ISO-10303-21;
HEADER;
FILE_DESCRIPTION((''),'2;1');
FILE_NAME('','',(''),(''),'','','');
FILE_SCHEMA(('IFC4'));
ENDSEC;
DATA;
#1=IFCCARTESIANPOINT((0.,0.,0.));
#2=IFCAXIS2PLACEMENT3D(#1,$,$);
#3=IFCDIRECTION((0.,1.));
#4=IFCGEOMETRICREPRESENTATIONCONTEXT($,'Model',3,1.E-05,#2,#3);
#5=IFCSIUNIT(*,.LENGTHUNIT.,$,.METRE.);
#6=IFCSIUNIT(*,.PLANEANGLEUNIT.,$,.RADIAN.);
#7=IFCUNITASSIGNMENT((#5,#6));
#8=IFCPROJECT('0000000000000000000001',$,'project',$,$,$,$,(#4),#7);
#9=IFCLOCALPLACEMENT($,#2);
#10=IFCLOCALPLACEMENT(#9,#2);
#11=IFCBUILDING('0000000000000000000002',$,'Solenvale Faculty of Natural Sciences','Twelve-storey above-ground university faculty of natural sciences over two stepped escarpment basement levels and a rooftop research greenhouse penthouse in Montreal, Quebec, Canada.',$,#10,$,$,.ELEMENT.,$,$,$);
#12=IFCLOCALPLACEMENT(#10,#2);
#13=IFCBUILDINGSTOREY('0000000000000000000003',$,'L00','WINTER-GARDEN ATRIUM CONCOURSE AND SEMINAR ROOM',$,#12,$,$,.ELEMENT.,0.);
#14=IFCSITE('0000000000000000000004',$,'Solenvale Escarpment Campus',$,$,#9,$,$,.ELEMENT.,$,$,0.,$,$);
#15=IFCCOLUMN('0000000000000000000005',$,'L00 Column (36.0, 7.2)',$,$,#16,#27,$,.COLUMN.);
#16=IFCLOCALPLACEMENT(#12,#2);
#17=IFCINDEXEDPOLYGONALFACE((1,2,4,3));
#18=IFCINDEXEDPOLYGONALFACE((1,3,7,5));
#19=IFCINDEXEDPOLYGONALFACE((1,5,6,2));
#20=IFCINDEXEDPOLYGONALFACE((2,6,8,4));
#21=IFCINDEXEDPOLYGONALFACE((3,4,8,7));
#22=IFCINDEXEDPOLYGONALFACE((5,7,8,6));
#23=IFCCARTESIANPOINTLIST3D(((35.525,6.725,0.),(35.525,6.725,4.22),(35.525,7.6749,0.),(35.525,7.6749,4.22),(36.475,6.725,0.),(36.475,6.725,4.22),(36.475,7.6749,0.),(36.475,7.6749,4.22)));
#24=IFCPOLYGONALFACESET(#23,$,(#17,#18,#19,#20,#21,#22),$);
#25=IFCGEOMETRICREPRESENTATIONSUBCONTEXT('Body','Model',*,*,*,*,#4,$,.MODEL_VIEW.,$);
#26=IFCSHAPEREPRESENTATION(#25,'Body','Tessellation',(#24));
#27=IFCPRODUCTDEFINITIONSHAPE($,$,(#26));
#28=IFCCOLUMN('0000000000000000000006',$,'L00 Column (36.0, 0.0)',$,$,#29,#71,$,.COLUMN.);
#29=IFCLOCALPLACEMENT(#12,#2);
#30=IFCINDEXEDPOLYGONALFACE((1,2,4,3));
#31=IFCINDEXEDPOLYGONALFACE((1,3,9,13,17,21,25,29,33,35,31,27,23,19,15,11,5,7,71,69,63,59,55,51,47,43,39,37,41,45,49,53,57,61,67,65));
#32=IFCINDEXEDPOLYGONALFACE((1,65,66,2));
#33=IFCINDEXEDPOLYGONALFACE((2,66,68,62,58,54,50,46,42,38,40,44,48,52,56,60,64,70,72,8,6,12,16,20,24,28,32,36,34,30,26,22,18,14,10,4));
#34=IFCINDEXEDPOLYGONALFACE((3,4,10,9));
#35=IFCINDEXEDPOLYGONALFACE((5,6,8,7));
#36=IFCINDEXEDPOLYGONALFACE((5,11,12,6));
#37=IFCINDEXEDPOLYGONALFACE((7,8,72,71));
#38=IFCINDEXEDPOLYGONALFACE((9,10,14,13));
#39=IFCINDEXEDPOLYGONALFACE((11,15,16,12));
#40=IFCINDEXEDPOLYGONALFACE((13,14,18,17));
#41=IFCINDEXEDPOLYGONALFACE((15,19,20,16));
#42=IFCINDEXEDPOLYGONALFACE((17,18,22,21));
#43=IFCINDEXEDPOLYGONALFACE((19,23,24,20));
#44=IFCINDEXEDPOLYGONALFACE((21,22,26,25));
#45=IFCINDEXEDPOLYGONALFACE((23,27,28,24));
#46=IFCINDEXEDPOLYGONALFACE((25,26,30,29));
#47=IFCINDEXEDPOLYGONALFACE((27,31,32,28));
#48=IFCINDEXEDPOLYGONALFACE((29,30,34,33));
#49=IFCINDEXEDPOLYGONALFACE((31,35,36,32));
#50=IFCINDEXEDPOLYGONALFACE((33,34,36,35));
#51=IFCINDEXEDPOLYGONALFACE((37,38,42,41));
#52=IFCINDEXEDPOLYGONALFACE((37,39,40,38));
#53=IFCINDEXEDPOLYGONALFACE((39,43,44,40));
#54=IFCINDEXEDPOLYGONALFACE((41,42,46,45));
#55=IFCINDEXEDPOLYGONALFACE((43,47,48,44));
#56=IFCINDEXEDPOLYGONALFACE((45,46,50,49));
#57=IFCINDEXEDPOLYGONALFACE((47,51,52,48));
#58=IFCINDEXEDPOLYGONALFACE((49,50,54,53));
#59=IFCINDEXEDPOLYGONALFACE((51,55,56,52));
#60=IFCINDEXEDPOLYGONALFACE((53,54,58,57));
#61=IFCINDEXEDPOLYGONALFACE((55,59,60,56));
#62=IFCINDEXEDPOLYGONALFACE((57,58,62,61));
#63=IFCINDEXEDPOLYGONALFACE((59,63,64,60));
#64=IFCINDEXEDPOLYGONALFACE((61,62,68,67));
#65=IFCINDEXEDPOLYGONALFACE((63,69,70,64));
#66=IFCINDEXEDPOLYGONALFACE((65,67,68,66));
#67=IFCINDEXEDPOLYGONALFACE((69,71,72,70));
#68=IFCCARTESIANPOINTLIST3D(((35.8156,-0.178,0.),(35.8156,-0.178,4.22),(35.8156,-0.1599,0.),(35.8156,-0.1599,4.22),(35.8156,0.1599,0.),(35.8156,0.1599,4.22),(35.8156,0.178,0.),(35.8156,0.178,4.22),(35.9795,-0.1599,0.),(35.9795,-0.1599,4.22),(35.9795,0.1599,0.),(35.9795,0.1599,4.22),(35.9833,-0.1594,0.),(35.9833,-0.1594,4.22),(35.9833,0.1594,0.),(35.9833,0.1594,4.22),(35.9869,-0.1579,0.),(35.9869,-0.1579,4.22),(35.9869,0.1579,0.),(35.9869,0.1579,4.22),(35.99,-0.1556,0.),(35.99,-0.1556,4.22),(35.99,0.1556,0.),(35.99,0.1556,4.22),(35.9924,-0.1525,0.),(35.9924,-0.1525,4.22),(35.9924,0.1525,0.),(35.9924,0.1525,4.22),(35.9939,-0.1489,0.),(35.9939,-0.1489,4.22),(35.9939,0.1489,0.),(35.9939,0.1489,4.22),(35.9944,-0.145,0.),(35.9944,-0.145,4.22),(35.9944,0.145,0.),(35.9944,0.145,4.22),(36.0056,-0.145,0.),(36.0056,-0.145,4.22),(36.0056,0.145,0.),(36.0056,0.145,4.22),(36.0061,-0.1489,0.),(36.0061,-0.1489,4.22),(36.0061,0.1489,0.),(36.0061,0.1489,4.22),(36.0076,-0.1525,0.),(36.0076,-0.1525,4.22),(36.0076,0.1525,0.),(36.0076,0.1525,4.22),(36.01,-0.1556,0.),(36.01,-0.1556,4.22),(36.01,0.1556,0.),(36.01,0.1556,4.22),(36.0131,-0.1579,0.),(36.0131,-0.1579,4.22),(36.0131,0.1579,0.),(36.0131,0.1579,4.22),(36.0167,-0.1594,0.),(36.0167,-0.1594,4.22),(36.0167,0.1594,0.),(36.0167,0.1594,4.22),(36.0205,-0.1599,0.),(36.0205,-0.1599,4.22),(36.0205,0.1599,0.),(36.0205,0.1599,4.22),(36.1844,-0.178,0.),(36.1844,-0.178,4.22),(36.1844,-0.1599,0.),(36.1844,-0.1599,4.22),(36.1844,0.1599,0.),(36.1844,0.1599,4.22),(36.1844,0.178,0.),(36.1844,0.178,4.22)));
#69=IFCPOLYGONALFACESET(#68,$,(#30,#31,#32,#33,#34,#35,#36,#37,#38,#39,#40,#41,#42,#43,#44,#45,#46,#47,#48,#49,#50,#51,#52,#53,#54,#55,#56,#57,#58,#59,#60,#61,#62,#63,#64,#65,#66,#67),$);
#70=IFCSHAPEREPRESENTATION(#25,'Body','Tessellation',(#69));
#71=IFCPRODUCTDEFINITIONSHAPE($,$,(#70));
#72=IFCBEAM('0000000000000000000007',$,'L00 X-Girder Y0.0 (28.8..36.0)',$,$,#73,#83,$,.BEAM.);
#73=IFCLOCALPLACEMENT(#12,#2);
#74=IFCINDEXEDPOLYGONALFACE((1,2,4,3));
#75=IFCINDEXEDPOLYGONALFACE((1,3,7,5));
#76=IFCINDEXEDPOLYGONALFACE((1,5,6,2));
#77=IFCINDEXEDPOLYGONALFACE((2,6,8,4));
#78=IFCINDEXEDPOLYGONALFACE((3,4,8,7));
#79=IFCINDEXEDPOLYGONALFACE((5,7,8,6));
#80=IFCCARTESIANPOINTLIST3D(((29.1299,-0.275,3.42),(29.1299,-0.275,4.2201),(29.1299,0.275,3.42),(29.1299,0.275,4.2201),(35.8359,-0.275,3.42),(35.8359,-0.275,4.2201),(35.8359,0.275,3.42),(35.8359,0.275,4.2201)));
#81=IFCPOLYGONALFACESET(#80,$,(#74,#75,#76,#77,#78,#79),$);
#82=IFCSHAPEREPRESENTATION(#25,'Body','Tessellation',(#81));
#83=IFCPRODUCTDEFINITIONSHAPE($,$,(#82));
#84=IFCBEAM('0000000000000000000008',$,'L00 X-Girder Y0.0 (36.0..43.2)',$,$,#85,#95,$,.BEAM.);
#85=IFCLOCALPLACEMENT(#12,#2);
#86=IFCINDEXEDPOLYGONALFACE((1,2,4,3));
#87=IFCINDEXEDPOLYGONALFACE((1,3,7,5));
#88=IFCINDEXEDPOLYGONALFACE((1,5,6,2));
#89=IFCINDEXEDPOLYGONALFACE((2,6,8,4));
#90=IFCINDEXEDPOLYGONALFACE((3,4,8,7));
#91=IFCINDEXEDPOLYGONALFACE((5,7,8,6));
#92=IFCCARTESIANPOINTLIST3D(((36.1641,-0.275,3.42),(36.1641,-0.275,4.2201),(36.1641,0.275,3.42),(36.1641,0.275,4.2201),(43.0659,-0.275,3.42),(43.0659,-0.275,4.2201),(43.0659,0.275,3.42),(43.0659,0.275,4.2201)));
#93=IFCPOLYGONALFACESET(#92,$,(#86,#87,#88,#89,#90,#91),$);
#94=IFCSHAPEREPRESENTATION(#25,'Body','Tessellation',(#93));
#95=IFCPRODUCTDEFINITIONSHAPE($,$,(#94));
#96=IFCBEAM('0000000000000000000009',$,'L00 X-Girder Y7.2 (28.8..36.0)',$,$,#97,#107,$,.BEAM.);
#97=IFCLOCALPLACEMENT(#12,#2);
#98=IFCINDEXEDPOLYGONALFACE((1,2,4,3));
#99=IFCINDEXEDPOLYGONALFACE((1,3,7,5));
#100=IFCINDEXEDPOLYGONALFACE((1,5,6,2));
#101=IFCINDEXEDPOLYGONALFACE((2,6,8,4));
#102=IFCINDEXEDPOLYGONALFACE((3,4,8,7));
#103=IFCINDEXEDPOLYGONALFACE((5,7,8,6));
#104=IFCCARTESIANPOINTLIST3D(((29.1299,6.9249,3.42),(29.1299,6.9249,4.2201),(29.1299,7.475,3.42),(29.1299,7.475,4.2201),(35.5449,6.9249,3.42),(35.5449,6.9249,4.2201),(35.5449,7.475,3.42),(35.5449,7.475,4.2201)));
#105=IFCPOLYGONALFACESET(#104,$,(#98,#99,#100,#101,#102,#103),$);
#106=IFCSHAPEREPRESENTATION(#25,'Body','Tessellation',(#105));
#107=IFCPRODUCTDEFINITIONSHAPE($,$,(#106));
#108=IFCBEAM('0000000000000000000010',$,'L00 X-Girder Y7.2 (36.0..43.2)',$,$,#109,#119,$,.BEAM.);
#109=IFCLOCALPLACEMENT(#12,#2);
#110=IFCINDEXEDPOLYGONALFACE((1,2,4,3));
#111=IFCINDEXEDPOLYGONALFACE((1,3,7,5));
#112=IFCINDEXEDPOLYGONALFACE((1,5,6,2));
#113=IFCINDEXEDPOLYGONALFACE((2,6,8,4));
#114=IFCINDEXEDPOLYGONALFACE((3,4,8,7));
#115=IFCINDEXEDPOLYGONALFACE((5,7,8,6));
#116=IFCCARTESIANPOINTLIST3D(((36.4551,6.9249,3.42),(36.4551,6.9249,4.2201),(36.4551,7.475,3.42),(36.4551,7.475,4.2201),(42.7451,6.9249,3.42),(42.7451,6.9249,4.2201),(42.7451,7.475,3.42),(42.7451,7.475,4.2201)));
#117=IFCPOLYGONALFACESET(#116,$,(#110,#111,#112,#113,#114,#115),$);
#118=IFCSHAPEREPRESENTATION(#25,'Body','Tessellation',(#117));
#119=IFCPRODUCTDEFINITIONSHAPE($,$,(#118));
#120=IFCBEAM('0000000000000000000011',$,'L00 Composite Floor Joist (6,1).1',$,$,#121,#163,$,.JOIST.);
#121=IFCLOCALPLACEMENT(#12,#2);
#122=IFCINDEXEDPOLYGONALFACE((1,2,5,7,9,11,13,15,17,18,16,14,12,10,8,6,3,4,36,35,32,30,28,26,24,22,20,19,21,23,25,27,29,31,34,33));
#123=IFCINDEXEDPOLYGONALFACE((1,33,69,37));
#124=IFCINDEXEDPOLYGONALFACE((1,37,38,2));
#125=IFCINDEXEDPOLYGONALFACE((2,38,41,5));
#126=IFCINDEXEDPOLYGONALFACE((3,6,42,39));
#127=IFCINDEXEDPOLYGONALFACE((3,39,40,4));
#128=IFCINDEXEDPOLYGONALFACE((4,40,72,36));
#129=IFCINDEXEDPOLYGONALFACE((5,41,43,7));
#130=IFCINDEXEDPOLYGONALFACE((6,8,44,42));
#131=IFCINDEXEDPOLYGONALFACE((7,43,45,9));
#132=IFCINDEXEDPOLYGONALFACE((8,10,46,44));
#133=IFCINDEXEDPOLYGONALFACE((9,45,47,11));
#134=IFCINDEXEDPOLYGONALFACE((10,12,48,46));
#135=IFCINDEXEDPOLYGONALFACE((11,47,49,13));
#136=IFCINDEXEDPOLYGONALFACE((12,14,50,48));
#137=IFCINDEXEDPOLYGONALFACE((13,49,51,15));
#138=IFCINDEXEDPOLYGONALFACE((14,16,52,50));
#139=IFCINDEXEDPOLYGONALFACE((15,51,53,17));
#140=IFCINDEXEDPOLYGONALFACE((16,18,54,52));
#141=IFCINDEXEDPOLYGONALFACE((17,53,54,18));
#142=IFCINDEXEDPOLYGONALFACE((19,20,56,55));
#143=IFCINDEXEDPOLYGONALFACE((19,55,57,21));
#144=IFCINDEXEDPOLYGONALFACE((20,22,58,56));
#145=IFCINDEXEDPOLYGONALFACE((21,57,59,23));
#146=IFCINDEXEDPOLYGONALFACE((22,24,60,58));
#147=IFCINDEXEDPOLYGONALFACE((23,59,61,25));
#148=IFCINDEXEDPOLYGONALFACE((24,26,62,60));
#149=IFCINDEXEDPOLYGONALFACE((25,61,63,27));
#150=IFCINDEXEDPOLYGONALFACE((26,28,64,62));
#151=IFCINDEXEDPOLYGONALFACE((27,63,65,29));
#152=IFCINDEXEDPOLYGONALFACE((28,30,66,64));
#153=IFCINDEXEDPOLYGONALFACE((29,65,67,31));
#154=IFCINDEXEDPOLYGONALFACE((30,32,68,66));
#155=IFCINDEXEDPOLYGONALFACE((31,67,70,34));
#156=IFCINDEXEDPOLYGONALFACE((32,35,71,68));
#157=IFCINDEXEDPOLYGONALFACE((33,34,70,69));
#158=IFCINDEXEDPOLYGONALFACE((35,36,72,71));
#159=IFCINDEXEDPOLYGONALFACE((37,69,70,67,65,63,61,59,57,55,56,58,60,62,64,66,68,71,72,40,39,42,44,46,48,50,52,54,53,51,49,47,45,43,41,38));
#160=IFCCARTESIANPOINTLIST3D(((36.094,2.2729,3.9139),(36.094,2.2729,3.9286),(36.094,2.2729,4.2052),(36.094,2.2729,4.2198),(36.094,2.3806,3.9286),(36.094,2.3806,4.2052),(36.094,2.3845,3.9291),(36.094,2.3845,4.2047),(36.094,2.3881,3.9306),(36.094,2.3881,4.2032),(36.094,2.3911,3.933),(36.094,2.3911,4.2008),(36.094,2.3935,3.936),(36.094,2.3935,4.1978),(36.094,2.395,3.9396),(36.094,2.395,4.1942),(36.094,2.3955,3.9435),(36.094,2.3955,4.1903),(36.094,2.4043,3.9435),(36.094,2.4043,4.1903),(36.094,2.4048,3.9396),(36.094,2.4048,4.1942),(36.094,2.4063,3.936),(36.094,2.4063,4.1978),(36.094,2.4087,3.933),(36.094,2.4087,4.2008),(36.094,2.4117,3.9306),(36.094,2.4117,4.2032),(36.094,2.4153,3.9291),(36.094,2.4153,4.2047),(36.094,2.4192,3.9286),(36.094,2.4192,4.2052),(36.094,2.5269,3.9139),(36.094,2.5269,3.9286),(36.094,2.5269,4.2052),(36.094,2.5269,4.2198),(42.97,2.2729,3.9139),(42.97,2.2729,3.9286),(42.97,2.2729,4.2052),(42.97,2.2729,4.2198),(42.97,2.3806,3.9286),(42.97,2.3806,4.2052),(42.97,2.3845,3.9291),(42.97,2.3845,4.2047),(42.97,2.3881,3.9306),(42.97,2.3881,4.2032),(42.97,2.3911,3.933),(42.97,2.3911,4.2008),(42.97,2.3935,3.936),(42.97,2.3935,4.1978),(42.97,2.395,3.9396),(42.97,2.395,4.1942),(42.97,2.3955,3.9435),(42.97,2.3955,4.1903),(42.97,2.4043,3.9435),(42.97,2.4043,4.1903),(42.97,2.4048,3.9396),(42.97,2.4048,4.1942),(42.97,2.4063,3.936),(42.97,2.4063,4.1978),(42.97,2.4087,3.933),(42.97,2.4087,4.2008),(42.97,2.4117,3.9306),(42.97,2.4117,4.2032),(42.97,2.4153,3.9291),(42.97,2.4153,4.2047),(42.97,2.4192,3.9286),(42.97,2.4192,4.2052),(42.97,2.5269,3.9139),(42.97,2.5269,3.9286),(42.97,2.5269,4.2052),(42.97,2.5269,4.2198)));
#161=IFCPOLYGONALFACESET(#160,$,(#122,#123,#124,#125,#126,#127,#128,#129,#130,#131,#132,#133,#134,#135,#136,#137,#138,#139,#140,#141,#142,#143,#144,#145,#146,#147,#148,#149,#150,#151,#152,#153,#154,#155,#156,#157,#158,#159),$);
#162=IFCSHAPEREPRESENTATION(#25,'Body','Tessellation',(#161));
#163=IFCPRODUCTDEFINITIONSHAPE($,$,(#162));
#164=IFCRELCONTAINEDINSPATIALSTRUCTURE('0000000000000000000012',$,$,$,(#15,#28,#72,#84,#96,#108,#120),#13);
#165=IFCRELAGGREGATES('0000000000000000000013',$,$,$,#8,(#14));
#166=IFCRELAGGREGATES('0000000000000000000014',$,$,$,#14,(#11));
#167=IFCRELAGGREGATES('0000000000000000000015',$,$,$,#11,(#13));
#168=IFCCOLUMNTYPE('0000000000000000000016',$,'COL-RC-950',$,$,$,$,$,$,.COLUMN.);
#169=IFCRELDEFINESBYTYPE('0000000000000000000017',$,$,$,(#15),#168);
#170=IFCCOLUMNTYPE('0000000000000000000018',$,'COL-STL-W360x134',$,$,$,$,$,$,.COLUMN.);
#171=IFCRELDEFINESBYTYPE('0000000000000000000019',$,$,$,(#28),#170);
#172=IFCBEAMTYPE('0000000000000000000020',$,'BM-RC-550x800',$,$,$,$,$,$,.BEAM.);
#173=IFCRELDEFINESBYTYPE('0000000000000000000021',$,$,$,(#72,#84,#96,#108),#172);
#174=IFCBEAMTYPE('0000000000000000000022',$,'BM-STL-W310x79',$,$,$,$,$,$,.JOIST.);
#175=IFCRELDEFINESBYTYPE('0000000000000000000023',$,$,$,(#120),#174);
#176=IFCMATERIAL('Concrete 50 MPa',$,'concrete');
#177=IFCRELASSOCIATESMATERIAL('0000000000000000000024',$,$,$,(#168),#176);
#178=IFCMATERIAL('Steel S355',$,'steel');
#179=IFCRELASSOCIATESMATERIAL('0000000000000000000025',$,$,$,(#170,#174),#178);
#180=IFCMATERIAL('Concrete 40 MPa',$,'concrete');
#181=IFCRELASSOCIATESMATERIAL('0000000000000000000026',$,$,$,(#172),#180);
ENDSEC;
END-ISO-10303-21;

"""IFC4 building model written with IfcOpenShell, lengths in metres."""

from ifc_helpers import new_model, si_unit, direction, frame, origin, origin_2d, place, context, subcontext, project, spatial, rectangle, i_section, extrude, material, material_profile, profile_set, type_object, element, save


model = new_model("IFC4")

# Units and contexts
model_context = context("Model", 3, precision=1e-05, world=origin(), true_north=direction((0.0, 1.0)))
body_context = subcontext(model_context, "Body", "Model", "MODEL_VIEW")
ifc_project = project(units=[si_unit("LENGTHUNIT", "METRE"), si_unit("PLANEANGLEUNIT", "RADIAN")], contexts=[model_context])

# Site, building, storey
site_placement = place(None, origin())
site = spatial("IfcSite", under=ifc_project, at=site_placement, Name="Solenvale Escarpment Campus", CompositionType="ELEMENT", RefElevation=0.0)
building_placement = place(site_placement, origin())
building = spatial("IfcBuilding", under=site, at=building_placement, Name="Solenvale Faculty of Natural Sciences", Description="Twelve-storey above-ground university faculty of natural sciences over two stepped escarpment basement levels and a rooftop research greenhouse penthouse in Montreal, Quebec, Canada.", CompositionType="ELEMENT")
storey_placement = place(building_placement, origin())
storey = spatial("IfcBuildingStorey", under=building, at=storey_placement, Name="L00", Description="WINTER-GARDEN ATRIUM CONCOURSE AND SEMINAR ROOM", CompositionType="ELEMENT", Elevation=0.0)

# Columns
ifc_material_1 = material(Name="Concrete 50 MPa", Category="concrete")
ifc_material_profile_1 = material_profile(ifc_material_1, rectangle(XDim=0.95, YDim=0.95, at=origin_2d()), Name="RC-COL-950x950")
ifc_profile_set_1 = profile_set([ifc_material_profile_1], Name="Concrete 50 MPa")
column_type_1 = type_object("IfcColumnType", Name="COL-RC-950", PredefinedType="COLUMN", material=ifc_profile_set_1)
column_1_placement = place(storey_placement, frame((36.0, 7.2, 0.0), z_axis=(0.0, 0.0, 1.0), x_axis=(1.0, 0.0, 0.0)))
element("IfcColumn", 1, at=column_1_placement, inside=storey, type_object=column_type_1, Name="L00 Column (36.0, 7.2)", PredefinedType="COLUMN", context=body_context, shape_type="SweptSolid", body=[
    extrude(rectangle(XDim=0.95, YDim=0.95, at=origin_2d()), origin(), (0.0, 0.0, 1.0), 4.22),
])
ifc_material_2 = material(Name="Steel S355", Category="steel")
ifc_material_profile_2 = material_profile(ifc_material_2, i_section(OverallWidth=0.3689, OverallDepth=0.356, WebThickness=0.0112, FlangeThickness=0.0181, FilletRadius=0.0149, at=origin_2d()), Name="W360x134")
ifc_profile_set_2 = profile_set([ifc_material_profile_2], Name="Steel S355")
column_type_2 = type_object("IfcColumnType", Name="COL-STL-W360x134", PredefinedType="COLUMN", material=ifc_profile_set_2)
column_2_placement = place(storey_placement, frame((36.0, 0.0, 0.0), z_axis=(0.0, 0.0, 1.0), x_axis=(1.0, 0.0, 0.0)))
element("IfcColumn", 2, at=column_2_placement, inside=storey, type_object=column_type_2, Name="L00 Column (36.0, 0.0)", PredefinedType="COLUMN", context=body_context, shape_type="SweptSolid", body=[
    extrude(i_section(OverallWidth=0.3689, OverallDepth=0.356, WebThickness=0.0112, FlangeThickness=0.0181, FilletRadius=0.0149, at=origin_2d()), origin(), (0.0, 0.0, 1.0), 4.22),
])

# Beams
ifc_material_3 = material(Name="Concrete 40 MPa", Category="concrete")
ifc_material_profile_3 = material_profile(ifc_material_3, rectangle(XDim=0.55, YDim=0.8, at=origin_2d()), Name="RC-BM-550x800")
ifc_profile_set_3 = profile_set([ifc_material_profile_3], Name="Concrete 40 MPa")
beam_type_1 = type_object("IfcBeamType", Name="BM-RC-550x800", PredefinedType="BEAM", material=ifc_profile_set_3)
beam_1_placement = place(storey_placement, frame((29.1299, 0.0, 3.8201), z_axis=(1.0, 0.0, 0.0), x_axis=(0.0, 1.0, 0.0)))
element("IfcBeam", 3, at=beam_1_placement, inside=storey, type_object=beam_type_1, Name="L00 X-Girder Y0.0 (28.8..36.0)", PredefinedType="BEAM", context=body_context, shape_type="SweptSolid", body=[
    extrude(rectangle(XDim=0.55, YDim=0.8, at=origin_2d()), origin(), (0.0, 0.0, 1.0), 6.7061),
])
beam_2_placement = place(storey_placement, frame((36.1641, 0.0, 3.8201), z_axis=(1.0, 0.0, 0.0), x_axis=(0.0, 1.0, 0.0)))
element("IfcBeam", 4, at=beam_2_placement, inside=storey, type_object=beam_type_1, Name="L00 X-Girder Y0.0 (36.0..43.2)", PredefinedType="BEAM", context=body_context, shape_type="SweptSolid", body=[
    extrude(rectangle(XDim=0.55, YDim=0.8, at=origin_2d()), origin(), (0.0, 0.0, 1.0), 6.9019),
])
beam_3_placement = place(storey_placement, frame((29.1299, 7.2, 3.8201), z_axis=(1.0, 0.0, 0.0), x_axis=(0.0, 1.0, 0.0)))
element("IfcBeam", 5, at=beam_3_placement, inside=storey, type_object=beam_type_1, Name="L00 X-Girder Y7.2 (28.8..36.0)", PredefinedType="BEAM", context=body_context, shape_type="SweptSolid", body=[
    extrude(rectangle(XDim=0.55, YDim=0.8, at=origin_2d()), origin(), (0.0, 0.0, 1.0), 6.415),
])
beam_4_placement = place(storey_placement, frame((36.4551, 7.2, 3.8201), z_axis=(1.0, 0.0, 0.0), x_axis=(0.0, 1.0, 0.0)))
element("IfcBeam", 6, at=beam_4_placement, inside=storey, type_object=beam_type_1, Name="L00 X-Girder Y7.2 (36.0..43.2)", PredefinedType="BEAM", context=body_context, shape_type="SweptSolid", body=[
    extrude(rectangle(XDim=0.55, YDim=0.8, at=origin_2d()), origin(), (0.0, 0.0, 1.0), 6.29),
])
ifc_material_profile_4 = material_profile(ifc_material_2, i_section(OverallWidth=0.2539, OverallDepth=0.3059, WebThickness=0.0088, FlangeThickness=0.0146, FilletRadius=0.0149, at=origin_2d()), Name="W310x79")
ifc_profile_set_4 = profile_set([ifc_material_profile_4], Name="Steel S355")
beam_type_2 = type_object("IfcBeamType", Name="BM-STL-W310x79", PredefinedType="JOIST", material=ifc_profile_set_4)
for number, where, z_axis, x_axis, name in (
    (7, (36.094, 2.3999, 4.0669), (1.0, 0.0, 0.0), (0.0, 1.0, 0.0), "L00 Composite Floor Joist (6,1).1"),
):
    element("IfcBeam", number, at=place(storey_placement, frame(where, z_axis=z_axis, x_axis=x_axis)), inside=storey, type_object=beam_type_2, Name=name, PredefinedType="JOIST", context=body_context, shape_type="SweptSolid", body=[
        extrude(i_section(OverallWidth=0.2539, OverallDepth=0.3059, WebThickness=0.0088, FlangeThickness=0.0146, FilletRadius=0.0149, at=origin_2d()), origin(), (0.0, 0.0, 1.0), 6.876),
    ])

save(model, "model.ifc")
